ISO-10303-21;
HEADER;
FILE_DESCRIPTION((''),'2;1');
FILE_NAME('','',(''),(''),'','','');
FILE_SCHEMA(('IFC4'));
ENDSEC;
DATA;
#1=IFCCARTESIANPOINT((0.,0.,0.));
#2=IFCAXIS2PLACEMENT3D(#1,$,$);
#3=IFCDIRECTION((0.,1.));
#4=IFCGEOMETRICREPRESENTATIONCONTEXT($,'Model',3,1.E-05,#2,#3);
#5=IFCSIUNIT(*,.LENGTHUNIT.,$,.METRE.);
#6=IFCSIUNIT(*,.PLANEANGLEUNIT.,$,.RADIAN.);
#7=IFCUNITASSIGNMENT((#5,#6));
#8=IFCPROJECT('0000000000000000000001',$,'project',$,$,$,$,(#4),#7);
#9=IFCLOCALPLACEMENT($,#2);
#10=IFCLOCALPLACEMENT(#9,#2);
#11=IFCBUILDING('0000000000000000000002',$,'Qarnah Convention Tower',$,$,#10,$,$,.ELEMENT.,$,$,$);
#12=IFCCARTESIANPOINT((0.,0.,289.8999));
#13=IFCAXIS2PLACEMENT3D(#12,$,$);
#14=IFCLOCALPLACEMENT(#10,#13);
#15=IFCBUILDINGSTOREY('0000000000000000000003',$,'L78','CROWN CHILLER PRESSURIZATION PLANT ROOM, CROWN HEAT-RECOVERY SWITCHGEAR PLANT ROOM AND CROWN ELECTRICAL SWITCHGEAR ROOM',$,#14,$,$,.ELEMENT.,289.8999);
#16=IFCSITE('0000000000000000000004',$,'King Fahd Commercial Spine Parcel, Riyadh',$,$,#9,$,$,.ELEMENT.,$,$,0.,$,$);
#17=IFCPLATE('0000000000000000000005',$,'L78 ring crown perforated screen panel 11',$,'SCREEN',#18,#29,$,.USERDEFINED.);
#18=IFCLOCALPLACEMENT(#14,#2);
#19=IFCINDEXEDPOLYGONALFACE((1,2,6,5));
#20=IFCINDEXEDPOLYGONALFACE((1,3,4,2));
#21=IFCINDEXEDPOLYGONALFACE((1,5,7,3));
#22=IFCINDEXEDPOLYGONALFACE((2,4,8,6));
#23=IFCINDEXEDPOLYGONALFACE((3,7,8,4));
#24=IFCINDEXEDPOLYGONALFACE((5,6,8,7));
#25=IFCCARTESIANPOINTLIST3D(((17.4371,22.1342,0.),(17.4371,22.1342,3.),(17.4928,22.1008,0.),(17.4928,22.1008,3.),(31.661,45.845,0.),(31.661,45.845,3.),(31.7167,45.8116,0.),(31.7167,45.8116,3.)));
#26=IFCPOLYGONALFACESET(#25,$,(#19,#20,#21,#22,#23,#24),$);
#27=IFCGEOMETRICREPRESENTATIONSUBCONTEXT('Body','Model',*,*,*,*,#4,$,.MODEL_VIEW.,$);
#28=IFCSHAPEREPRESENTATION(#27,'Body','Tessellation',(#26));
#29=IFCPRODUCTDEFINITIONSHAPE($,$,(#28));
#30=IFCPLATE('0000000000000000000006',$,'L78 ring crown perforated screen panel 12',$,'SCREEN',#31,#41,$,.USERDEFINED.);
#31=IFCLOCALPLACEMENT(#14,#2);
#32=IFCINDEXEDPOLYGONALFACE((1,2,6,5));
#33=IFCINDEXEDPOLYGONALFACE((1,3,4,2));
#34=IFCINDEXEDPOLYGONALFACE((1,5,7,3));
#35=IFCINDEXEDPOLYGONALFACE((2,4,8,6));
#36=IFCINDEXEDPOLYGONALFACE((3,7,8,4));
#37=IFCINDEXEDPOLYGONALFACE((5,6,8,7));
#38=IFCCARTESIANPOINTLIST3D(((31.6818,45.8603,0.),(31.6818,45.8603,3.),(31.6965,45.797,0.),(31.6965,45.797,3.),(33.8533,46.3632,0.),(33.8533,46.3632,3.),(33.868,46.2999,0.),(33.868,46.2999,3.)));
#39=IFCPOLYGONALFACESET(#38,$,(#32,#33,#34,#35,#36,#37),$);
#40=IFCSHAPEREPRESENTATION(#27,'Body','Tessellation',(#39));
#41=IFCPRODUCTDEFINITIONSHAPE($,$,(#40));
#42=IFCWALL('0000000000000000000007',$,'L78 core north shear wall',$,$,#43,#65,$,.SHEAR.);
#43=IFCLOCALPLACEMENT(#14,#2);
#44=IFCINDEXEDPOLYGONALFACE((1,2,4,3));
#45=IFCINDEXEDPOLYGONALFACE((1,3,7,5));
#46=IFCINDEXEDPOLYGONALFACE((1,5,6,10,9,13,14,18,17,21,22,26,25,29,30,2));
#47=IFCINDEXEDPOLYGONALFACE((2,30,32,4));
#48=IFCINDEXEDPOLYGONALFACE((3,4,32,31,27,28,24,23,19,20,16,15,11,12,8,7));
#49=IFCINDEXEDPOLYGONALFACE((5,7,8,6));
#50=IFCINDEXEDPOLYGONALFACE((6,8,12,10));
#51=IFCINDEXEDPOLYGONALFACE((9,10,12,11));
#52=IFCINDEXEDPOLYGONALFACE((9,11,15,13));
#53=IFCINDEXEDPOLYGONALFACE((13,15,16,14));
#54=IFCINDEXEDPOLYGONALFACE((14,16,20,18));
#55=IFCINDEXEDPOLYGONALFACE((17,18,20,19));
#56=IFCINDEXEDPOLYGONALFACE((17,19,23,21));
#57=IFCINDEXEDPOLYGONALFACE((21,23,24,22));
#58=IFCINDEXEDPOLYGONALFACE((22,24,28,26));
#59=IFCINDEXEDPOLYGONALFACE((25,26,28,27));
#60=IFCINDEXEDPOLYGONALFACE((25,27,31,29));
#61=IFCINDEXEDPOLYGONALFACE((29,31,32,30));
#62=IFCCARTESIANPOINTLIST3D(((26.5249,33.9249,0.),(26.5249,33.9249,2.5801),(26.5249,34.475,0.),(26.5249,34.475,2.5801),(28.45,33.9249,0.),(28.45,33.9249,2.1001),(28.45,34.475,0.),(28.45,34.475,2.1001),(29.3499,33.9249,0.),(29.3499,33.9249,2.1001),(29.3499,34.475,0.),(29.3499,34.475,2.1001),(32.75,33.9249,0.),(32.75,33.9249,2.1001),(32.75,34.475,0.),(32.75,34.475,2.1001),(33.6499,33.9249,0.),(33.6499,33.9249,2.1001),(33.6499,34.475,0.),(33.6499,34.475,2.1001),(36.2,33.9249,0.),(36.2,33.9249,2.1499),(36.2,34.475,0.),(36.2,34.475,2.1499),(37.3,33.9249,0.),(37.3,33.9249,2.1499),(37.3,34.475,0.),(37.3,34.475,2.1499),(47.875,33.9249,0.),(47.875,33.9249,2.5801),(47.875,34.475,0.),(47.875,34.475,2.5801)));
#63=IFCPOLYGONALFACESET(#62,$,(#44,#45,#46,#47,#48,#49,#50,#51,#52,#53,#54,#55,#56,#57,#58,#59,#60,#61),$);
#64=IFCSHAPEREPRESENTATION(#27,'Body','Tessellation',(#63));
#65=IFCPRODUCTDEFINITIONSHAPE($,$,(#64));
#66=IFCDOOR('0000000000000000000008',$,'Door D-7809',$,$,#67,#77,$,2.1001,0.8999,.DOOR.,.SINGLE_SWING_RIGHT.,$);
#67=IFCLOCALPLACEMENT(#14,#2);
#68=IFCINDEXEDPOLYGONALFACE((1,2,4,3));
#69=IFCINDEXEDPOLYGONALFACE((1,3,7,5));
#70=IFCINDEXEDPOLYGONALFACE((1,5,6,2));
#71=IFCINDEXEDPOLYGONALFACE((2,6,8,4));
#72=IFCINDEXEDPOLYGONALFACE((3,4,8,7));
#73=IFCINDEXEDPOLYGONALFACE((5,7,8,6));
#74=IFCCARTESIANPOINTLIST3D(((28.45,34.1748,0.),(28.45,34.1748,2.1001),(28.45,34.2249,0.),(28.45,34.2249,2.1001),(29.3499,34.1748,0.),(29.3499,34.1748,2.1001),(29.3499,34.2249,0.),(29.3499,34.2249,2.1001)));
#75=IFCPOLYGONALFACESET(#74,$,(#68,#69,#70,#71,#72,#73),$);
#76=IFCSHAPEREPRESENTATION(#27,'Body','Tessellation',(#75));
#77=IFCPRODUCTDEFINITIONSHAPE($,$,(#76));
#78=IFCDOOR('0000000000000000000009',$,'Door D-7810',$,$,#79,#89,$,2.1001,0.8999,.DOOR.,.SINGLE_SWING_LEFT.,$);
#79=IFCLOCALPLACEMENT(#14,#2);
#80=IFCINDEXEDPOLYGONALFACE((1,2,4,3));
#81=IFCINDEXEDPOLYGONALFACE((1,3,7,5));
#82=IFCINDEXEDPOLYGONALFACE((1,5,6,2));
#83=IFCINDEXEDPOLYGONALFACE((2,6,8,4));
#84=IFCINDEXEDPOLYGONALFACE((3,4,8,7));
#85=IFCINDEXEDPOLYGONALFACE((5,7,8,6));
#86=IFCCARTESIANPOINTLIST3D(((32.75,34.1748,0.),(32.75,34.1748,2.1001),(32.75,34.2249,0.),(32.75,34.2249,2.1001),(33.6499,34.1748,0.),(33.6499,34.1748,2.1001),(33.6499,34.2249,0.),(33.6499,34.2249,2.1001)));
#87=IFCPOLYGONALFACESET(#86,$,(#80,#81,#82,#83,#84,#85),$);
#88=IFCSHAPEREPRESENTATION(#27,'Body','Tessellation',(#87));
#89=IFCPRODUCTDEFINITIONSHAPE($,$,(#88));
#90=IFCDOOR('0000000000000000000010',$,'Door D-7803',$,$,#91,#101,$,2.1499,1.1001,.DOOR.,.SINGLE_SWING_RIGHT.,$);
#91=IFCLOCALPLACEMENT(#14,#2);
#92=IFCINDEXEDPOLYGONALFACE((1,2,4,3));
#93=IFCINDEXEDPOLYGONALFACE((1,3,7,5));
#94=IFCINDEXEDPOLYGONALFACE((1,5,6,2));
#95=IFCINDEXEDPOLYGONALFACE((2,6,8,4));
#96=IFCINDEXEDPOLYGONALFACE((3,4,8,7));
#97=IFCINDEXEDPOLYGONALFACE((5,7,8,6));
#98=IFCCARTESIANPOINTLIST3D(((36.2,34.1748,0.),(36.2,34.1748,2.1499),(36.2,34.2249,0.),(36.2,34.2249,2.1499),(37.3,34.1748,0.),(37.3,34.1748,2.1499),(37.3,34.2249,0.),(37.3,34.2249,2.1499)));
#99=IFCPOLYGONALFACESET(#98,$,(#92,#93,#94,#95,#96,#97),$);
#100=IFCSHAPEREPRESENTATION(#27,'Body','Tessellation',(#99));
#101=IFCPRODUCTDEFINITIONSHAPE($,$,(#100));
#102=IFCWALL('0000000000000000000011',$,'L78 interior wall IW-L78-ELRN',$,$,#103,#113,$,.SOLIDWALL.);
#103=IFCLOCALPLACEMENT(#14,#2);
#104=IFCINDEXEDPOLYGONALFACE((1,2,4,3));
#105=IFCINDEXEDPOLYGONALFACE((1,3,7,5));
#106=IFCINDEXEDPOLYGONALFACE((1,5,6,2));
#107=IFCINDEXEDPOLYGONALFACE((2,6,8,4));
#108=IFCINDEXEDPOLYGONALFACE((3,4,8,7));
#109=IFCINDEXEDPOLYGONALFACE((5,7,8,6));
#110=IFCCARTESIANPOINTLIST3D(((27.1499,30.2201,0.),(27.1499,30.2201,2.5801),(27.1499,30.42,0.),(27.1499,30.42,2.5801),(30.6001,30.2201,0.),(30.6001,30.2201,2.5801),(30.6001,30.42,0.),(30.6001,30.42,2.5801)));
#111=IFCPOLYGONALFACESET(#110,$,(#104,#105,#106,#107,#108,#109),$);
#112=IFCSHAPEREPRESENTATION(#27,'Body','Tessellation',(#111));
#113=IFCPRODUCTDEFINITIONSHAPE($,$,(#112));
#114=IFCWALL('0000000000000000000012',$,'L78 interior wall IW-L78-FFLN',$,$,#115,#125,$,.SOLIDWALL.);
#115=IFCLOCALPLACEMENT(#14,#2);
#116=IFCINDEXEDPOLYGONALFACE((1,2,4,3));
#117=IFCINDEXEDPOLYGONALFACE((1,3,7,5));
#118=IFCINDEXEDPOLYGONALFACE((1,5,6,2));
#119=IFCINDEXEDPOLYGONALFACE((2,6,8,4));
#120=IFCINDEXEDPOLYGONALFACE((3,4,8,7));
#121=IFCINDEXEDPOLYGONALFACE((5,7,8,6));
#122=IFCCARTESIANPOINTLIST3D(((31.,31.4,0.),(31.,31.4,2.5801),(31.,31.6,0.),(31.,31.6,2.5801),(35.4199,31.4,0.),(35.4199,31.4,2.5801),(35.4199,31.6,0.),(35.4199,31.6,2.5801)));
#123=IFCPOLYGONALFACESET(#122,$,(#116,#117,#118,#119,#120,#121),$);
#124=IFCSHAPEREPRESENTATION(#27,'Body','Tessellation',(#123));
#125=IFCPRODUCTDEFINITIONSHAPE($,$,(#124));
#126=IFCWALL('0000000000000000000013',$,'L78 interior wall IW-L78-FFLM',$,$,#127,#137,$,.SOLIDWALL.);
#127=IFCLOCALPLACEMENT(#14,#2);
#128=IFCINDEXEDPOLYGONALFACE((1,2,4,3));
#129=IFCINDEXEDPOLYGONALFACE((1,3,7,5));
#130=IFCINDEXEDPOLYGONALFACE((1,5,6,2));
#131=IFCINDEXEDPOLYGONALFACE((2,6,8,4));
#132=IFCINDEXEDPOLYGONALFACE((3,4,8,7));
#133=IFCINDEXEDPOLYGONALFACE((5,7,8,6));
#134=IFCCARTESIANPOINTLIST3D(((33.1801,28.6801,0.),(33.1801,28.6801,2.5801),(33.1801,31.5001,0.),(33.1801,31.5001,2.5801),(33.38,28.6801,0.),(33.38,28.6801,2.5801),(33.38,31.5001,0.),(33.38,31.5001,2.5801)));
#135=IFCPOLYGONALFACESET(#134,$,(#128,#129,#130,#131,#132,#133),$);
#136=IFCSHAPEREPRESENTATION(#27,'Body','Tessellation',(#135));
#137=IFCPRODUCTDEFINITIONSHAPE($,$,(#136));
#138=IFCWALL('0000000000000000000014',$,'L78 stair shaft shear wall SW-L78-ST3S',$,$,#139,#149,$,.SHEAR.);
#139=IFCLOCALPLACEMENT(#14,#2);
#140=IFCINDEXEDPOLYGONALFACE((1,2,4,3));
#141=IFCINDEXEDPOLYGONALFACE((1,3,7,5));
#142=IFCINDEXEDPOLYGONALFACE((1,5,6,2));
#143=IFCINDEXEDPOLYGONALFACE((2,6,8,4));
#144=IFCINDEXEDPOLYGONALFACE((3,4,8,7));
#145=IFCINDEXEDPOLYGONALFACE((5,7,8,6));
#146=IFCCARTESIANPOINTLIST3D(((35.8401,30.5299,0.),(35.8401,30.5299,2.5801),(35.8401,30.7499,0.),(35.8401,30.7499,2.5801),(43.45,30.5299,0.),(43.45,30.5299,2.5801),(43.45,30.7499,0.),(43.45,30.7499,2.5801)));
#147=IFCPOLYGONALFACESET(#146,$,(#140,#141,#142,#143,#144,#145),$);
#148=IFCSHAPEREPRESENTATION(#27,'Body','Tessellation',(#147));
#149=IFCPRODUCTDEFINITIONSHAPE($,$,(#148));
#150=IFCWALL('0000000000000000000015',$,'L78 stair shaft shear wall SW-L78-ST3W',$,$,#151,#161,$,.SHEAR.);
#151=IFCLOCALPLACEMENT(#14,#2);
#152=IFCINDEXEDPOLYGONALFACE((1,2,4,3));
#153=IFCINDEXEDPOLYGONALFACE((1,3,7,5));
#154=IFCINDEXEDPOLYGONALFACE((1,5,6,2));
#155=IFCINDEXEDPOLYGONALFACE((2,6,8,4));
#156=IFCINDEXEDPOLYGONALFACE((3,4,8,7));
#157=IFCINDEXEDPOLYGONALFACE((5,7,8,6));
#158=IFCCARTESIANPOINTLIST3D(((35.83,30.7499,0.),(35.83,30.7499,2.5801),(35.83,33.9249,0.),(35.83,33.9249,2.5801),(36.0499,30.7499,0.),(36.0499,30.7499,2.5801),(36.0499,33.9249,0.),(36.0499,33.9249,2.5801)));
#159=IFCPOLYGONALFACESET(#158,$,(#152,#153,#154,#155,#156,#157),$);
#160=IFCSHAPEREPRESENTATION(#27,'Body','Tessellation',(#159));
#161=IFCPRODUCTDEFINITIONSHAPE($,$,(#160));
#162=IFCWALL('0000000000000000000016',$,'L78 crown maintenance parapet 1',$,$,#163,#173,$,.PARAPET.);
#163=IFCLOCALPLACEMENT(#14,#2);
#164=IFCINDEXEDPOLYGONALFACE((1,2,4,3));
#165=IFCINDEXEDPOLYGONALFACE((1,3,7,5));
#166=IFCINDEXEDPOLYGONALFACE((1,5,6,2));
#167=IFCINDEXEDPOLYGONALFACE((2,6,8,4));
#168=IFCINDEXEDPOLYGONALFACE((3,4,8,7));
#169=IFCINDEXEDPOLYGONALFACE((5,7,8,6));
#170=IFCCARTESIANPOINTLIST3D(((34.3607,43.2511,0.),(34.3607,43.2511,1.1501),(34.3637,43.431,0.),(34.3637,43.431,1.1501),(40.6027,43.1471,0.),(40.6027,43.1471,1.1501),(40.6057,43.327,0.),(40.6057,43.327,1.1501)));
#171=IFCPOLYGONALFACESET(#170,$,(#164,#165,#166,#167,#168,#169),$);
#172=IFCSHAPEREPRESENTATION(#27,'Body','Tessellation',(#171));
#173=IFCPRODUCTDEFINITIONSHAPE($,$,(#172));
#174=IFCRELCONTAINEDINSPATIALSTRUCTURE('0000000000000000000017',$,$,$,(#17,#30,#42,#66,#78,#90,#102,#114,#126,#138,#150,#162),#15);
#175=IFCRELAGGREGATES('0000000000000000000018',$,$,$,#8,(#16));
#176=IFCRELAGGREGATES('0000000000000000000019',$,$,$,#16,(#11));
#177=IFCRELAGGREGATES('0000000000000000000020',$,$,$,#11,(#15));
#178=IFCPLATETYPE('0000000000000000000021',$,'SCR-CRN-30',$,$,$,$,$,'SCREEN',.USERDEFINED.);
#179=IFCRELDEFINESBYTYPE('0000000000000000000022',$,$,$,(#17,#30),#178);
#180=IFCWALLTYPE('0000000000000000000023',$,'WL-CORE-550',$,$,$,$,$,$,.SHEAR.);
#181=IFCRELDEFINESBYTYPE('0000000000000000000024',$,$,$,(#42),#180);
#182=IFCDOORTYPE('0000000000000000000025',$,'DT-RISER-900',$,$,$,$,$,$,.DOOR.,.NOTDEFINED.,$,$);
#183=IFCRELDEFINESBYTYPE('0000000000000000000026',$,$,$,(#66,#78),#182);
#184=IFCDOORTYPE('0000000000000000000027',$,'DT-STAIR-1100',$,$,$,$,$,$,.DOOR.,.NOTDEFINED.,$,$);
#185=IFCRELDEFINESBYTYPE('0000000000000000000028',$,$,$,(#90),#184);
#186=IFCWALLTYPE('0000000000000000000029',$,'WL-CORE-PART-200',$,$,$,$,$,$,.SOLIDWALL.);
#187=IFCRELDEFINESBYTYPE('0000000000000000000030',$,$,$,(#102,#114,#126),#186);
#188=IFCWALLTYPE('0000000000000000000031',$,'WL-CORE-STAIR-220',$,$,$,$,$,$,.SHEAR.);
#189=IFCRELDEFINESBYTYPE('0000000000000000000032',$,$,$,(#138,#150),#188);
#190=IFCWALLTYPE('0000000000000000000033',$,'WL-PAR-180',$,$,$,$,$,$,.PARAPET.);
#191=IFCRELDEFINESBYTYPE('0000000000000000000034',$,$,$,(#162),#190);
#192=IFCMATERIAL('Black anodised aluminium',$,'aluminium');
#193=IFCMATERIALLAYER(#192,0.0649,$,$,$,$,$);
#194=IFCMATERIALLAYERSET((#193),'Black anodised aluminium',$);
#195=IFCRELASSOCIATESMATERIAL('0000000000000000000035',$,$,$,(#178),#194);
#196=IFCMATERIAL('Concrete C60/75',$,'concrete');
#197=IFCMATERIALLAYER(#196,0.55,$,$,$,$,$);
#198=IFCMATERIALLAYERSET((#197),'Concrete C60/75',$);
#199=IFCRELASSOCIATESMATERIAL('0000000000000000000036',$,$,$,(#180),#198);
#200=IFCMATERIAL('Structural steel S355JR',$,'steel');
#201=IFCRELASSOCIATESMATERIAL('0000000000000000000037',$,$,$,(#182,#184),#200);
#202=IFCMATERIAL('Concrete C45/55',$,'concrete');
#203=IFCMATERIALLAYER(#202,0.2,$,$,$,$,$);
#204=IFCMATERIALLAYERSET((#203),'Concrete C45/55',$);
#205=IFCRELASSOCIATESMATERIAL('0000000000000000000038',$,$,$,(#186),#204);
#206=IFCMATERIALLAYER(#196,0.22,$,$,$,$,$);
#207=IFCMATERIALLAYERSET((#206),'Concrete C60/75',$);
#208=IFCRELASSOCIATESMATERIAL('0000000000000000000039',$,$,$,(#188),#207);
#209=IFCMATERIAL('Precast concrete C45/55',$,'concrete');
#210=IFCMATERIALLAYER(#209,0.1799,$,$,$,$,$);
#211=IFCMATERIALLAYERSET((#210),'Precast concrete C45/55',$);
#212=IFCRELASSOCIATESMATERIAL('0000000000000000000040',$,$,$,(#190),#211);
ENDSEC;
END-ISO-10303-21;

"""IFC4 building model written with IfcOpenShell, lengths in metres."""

from ifc_helpers import new_model, si_unit, direction, frame, frame_2d, origin, origin_2d, place, context, subcontext, project, spatial, rectangle, extrude, material, layer, layer_set, type_object, element, fill, save


model = new_model("IFC4")

# Units and contexts
model_context = context("Model", 3, precision=1e-05, world=origin(), true_north=direction((0.0, 1.0)))
body_context = subcontext(model_context, "Body", "Model", "MODEL_VIEW")
ifc_project = project(units=[si_unit("LENGTHUNIT", "METRE"), si_unit("PLANEANGLEUNIT", "RADIAN")], contexts=[model_context])

# Site, building, storey
site_placement = place(None, origin())
site = spatial("IfcSite", under=ifc_project, at=site_placement, Name="King Fahd Commercial Spine Parcel, Riyadh", CompositionType="ELEMENT", RefElevation=0.0)
building_placement = place(site_placement, origin())
building = spatial("IfcBuilding", under=site, at=building_placement, Name="Qarnah Convention Tower", CompositionType="ELEMENT")
storey_placement = place(building_placement, frame((0.0, 0.0, 289.8999)))
storey = spatial("IfcBuildingStorey", under=building, at=storey_placement, Name="L78", Description="CROWN CHILLER PRESSURIZATION PLANT ROOM, CROWN HEAT-RECOVERY SWITCHGEAR PLANT ROOM AND CROWN ELECTRICAL SWITCHGEAR ROOM", CompositionType="ELEMENT", Elevation=289.8999)

# Shared definitions
ifc_material_1 = material(Name="Structural steel S355JR", Category="steel")

# Plates
ifc_material_2 = material(Name="Black anodised aluminium", Category="aluminium")
ifc_layer_1 = layer(ifc_material_2, 0.0649)
ifc_layer_set_1 = layer_set([ifc_layer_1], Name="Black anodised aluminium")
plate_type_1 = type_object("IfcPlateType", Name="SCR-CRN-30", ElementType="SCREEN", PredefinedType="USERDEFINED", material=ifc_layer_set_1)
plate_1_placement = place(storey_placement, frame((24.5769, 33.9729, 0.0), z_axis=(0.0, 0.0, 1.0), x_axis=(0.514426, 0.857535, 0.0)))
element("IfcPlate", 1, at=plate_1_placement, inside=storey, type_object=plate_type_1, Name="L78 ring crown perforated screen panel 11", ObjectType="SCREEN", PredefinedType="USERDEFINED", context=body_context, shape_type="SweptSolid", body=[
    extrude(rectangle(XDim=27.6499, YDim=0.0649, at=origin_2d()), origin(), (0.0, 0.0, 1.0), 3.0),
])
plate_2_placement = place(storey_placement, frame((32.7749, 46.0801, 0.0), z_axis=(0.0, 0.0, 1.0), x_axis=(0.974217, 0.225613, 0.0)))
element("IfcPlate", 2, at=plate_2_placement, inside=storey, type_object=plate_type_1, Name="L78 ring crown perforated screen panel 12", ObjectType="SCREEN", PredefinedType="USERDEFINED", context=body_context, shape_type="SweptSolid", body=[
    extrude(rectangle(XDim=2.229, YDim=0.0649, at=origin_2d()), origin(), (0.0, 0.0, 1.0), 3.0),
])

# Wall, openings, doors
ifc_material_3 = material(Name="Concrete C60/75", Category="concrete")
ifc_layer_2 = layer(ifc_material_3, 0.55)
ifc_layer_set_2 = layer_set([ifc_layer_2], Name="Concrete C60/75")
wall_type_1 = type_object("IfcWallType", Name="WL-CORE-550", PredefinedType="SHEAR", material=ifc_layer_set_2)
wall_1_placement = place(storey_placement, frame((26.5249, 34.2, 0.0), z_axis=(0.0, 0.0, 1.0), x_axis=(1.0, 0.0, 0.0)))
wall_1 = element("IfcWall", 3, at=wall_1_placement, inside=storey, type_object=wall_type_1, Name="L78 core north shear wall", PredefinedType="SHEAR", context=body_context, shape_type="SweptSolid", body=[
    extrude(rectangle(XDim=21.3501, YDim=0.55, at=frame_2d((10.675, 0.0))), origin(), (0.0, 0.0, 1.0), 2.5801),
])
opening_1_placement = place(wall_1_placement, frame((9.675, 0.0, 0.0)))
opening_1 = element("IfcOpeningElement", 4, at=opening_1_placement, cuts=wall_1, PredefinedType="OPENING", context=body_context, shape_type="SweptSolid", body=[
    extrude(rectangle(XDim=1.1001, YDim=2.1499, at=frame_2d((0.55, 1.075))), frame((0.0, 0.2849, 0.0), z_axis=(0.0, -1.0, 0.0), x_axis=(1.0, 0.0, 0.0)), (0.0, 0.0, 1.0), 0.5701),
])
opening_2_placement = place(wall_1_placement, frame((1.925, 0.0, 0.0)))
opening_2 = element("IfcOpeningElement", 5, at=opening_2_placement, cuts=wall_1, PredefinedType="OPENING", context=body_context, shape_type="SweptSolid", body=[
    extrude(rectangle(XDim=0.8999, YDim=2.1001, at=frame_2d((0.45, 1.05))), frame((0.0, 0.2849, 0.0), z_axis=(0.0, -1.0, 0.0), x_axis=(1.0, 0.0, 0.0)), (0.0, 0.0, 1.0), 0.5701),
])
opening_3_placement = place(wall_1_placement, frame((6.2251, 0.0, 0.0)))
opening_3 = element("IfcOpeningElement", 6, at=opening_3_placement, cuts=wall_1, PredefinedType="OPENING", context=body_context, shape_type="SweptSolid", body=[
    extrude(rectangle(XDim=0.8999, YDim=2.1001, at=frame_2d((0.45, 1.05))), frame((0.0, 0.2849, 0.0), z_axis=(0.0, -1.0, 0.0), x_axis=(1.0, 0.0, 0.0)), (0.0, 0.0, 1.0), 0.5701),
])
door_type_1 = type_object("IfcDoorType", Name="DT-RISER-900", OperationType="NOTDEFINED", PredefinedType="DOOR", material=ifc_material_1)
door_1_placement = place(opening_2_placement, origin())
door_1 = element("IfcDoor", 7, at=door_1_placement, inside=storey, type_object=door_type_1, Name="Door D-7809", OperationType="SINGLE_SWING_RIGHT", OverallHeight=2.1001, OverallWidth=0.8999, PredefinedType="DOOR", context=body_context, shape_type="SweptSolid", body=[
    extrude(rectangle(XDim=0.8999, YDim=2.1001, at=frame_2d((0.45, 1.05))), frame((0.0, 0.0249, 0.0), z_axis=(0.0, -1.0, 0.0), x_axis=(1.0, 0.0, 0.0)), (0.0, 0.0, 1.0), 0.05),
])
fill(opening_2, door_1)
door_2_placement = place(opening_3_placement, origin())
door_2 = element("IfcDoor", 8, at=door_2_placement, inside=storey, type_object=door_type_1, Name="Door D-7810", OperationType="SINGLE_SWING_LEFT", OverallHeight=2.1001, OverallWidth=0.8999, PredefinedType="DOOR", context=body_context, shape_type="SweptSolid", body=[
    extrude(rectangle(XDim=0.8999, YDim=2.1001, at=frame_2d((0.45, 1.05))), frame((0.0, 0.0249, 0.0), z_axis=(0.0, -1.0, 0.0), x_axis=(1.0, 0.0, 0.0)), (0.0, 0.0, 1.0), 0.05),
])
fill(opening_3, door_2)
door_type_2 = type_object("IfcDoorType", Name="DT-STAIR-1100", OperationType="NOTDEFINED", PredefinedType="DOOR", material=ifc_material_1)
door_3_placement = place(opening_1_placement, origin())
door_3 = element("IfcDoor", 9, at=door_3_placement, inside=storey, type_object=door_type_2, Name="Door D-7803", OperationType="SINGLE_SWING_RIGHT", OverallHeight=2.1499, OverallWidth=1.1001, PredefinedType="DOOR", context=body_context, shape_type="SweptSolid", body=[
    extrude(rectangle(XDim=1.1001, YDim=2.1499, at=frame_2d((0.55, 1.075))), frame((0.0, 0.0249, 0.0), z_axis=(0.0, -1.0, 0.0), x_axis=(1.0, 0.0, 0.0)), (0.0, 0.0, 1.0), 0.05),
])
fill(opening_1, door_3)

# Walls
ifc_material_4 = material(Name="Concrete C45/55", Category="concrete")
ifc_layer_3 = layer(ifc_material_4, 0.2)
ifc_layer_set_3 = layer_set([ifc_layer_3], Name="Concrete C45/55")
wall_type_2 = type_object("IfcWallType", Name="WL-CORE-PART-200", PredefinedType="SOLIDWALL", material=ifc_layer_set_3)
wall_2_placement = place(storey_placement, frame((27.1499, 30.3201, 0.0), z_axis=(0.0, 0.0, 1.0), x_axis=(1.0, 0.0, 0.0)))
element("IfcWall", 10, at=wall_2_placement, inside=storey, type_object=wall_type_2, Name="L78 interior wall IW-L78-ELRN", PredefinedType="SOLIDWALL", context=body_context, shape_type="SweptSolid", body=[
    extrude(rectangle(XDim=3.4502, YDim=0.2, at=frame_2d((1.7251, 0.0))), origin(), (0.0, 0.0, 1.0), 2.5801),
])
wall_3_placement = place(storey_placement, frame((31.0, 31.5, 0.0), z_axis=(0.0, 0.0, 1.0), x_axis=(1.0, 0.0, 0.0)))
element("IfcWall", 11, at=wall_3_placement, inside=storey, type_object=wall_type_2, Name="L78 interior wall IW-L78-FFLN", PredefinedType="SOLIDWALL", context=body_context, shape_type="SweptSolid", body=[
    extrude(rectangle(XDim=4.4199, YDim=0.2, at=frame_2d((2.21, 0.0))), origin(), (0.0, 0.0, 1.0), 2.5801),
])
wall_4_placement = place(storey_placement, frame((33.28, 28.6799, 0.0), z_axis=(0.0, 0.0, 1.0), x_axis=(0.0, 1.0, 0.0)))
element("IfcWall", 12, at=wall_4_placement, inside=storey, type_object=wall_type_2, Name="L78 interior wall IW-L78-FFLM", PredefinedType="SOLIDWALL", context=body_context, shape_type="SweptSolid", body=[
    extrude(rectangle(XDim=2.8201, YDim=0.2, at=frame_2d((1.4102, 0.0))), origin(), (0.0, 0.0, 1.0), 2.5801),
])
ifc_layer_4 = layer(ifc_material_3, 0.22)
ifc_layer_set_4 = layer_set([ifc_layer_4], Name="Concrete C60/75")
wall_type_3 = type_object("IfcWallType", Name="WL-CORE-STAIR-220", PredefinedType="SHEAR", material=ifc_layer_set_4)
wall_5_placement = place(storey_placement, frame((35.8401, 30.6399, 0.0), z_axis=(0.0, 0.0, 1.0), x_axis=(1.0, 0.0, 0.0)))
element("IfcWall", 13, at=wall_5_placement, inside=storey, type_object=wall_type_3, Name="L78 stair shaft shear wall SW-L78-ST3S", PredefinedType="SHEAR", context=body_context, shape_type="SweptSolid", body=[
    extrude(rectangle(XDim=7.6099, YDim=0.22, at=frame_2d((3.8049, 0.0))), origin(), (0.0, 0.0, 1.0), 2.5801),
])
wall_6_placement = place(storey_placement, frame((35.9399, 30.75, 0.0), z_axis=(0.0, 0.0, 1.0), x_axis=(0.0, 1.0, 0.0)))
element("IfcWall", 14, at=wall_6_placement, inside=storey, type_object=wall_type_3, Name="L78 stair shaft shear wall SW-L78-ST3W", PredefinedType="SHEAR", context=body_context, shape_type="SweptSolid", body=[
    extrude(rectangle(XDim=3.175, YDim=0.22, at=frame_2d((1.5874, 0.0))), origin(), (0.0, 0.0, 1.0), 2.5801),
])
ifc_material_5 = material(Name="Precast concrete C45/55", Category="concrete")
ifc_layer_5 = layer(ifc_material_5, 0.1799)
ifc_layer_set_5 = layer_set([ifc_layer_5], Name="Precast concrete C45/55")
wall_type_4 = type_object("IfcWallType", Name="WL-PAR-180", PredefinedType="PARAPET", material=ifc_layer_set_5)
wall_7_placement = place(storey_placement, frame((34.3621, 43.3411, 0.0), z_axis=(0.0, 0.0, 1.0), x_axis=(0.999861, -0.01666, 0.0)))
element("IfcWall", 15, at=wall_7_placement, inside=storey, type_object=wall_type_4, Name="L78 crown maintenance parapet 1", PredefinedType="PARAPET", context=body_context, shape_type="SweptSolid", body=[
    extrude(rectangle(XDim=6.2429, YDim=0.1799, at=frame_2d((3.1216, 0.0))), origin(), (0.0, 0.0, 1.0), 1.1501),
])

save(model, "model.ifc")
